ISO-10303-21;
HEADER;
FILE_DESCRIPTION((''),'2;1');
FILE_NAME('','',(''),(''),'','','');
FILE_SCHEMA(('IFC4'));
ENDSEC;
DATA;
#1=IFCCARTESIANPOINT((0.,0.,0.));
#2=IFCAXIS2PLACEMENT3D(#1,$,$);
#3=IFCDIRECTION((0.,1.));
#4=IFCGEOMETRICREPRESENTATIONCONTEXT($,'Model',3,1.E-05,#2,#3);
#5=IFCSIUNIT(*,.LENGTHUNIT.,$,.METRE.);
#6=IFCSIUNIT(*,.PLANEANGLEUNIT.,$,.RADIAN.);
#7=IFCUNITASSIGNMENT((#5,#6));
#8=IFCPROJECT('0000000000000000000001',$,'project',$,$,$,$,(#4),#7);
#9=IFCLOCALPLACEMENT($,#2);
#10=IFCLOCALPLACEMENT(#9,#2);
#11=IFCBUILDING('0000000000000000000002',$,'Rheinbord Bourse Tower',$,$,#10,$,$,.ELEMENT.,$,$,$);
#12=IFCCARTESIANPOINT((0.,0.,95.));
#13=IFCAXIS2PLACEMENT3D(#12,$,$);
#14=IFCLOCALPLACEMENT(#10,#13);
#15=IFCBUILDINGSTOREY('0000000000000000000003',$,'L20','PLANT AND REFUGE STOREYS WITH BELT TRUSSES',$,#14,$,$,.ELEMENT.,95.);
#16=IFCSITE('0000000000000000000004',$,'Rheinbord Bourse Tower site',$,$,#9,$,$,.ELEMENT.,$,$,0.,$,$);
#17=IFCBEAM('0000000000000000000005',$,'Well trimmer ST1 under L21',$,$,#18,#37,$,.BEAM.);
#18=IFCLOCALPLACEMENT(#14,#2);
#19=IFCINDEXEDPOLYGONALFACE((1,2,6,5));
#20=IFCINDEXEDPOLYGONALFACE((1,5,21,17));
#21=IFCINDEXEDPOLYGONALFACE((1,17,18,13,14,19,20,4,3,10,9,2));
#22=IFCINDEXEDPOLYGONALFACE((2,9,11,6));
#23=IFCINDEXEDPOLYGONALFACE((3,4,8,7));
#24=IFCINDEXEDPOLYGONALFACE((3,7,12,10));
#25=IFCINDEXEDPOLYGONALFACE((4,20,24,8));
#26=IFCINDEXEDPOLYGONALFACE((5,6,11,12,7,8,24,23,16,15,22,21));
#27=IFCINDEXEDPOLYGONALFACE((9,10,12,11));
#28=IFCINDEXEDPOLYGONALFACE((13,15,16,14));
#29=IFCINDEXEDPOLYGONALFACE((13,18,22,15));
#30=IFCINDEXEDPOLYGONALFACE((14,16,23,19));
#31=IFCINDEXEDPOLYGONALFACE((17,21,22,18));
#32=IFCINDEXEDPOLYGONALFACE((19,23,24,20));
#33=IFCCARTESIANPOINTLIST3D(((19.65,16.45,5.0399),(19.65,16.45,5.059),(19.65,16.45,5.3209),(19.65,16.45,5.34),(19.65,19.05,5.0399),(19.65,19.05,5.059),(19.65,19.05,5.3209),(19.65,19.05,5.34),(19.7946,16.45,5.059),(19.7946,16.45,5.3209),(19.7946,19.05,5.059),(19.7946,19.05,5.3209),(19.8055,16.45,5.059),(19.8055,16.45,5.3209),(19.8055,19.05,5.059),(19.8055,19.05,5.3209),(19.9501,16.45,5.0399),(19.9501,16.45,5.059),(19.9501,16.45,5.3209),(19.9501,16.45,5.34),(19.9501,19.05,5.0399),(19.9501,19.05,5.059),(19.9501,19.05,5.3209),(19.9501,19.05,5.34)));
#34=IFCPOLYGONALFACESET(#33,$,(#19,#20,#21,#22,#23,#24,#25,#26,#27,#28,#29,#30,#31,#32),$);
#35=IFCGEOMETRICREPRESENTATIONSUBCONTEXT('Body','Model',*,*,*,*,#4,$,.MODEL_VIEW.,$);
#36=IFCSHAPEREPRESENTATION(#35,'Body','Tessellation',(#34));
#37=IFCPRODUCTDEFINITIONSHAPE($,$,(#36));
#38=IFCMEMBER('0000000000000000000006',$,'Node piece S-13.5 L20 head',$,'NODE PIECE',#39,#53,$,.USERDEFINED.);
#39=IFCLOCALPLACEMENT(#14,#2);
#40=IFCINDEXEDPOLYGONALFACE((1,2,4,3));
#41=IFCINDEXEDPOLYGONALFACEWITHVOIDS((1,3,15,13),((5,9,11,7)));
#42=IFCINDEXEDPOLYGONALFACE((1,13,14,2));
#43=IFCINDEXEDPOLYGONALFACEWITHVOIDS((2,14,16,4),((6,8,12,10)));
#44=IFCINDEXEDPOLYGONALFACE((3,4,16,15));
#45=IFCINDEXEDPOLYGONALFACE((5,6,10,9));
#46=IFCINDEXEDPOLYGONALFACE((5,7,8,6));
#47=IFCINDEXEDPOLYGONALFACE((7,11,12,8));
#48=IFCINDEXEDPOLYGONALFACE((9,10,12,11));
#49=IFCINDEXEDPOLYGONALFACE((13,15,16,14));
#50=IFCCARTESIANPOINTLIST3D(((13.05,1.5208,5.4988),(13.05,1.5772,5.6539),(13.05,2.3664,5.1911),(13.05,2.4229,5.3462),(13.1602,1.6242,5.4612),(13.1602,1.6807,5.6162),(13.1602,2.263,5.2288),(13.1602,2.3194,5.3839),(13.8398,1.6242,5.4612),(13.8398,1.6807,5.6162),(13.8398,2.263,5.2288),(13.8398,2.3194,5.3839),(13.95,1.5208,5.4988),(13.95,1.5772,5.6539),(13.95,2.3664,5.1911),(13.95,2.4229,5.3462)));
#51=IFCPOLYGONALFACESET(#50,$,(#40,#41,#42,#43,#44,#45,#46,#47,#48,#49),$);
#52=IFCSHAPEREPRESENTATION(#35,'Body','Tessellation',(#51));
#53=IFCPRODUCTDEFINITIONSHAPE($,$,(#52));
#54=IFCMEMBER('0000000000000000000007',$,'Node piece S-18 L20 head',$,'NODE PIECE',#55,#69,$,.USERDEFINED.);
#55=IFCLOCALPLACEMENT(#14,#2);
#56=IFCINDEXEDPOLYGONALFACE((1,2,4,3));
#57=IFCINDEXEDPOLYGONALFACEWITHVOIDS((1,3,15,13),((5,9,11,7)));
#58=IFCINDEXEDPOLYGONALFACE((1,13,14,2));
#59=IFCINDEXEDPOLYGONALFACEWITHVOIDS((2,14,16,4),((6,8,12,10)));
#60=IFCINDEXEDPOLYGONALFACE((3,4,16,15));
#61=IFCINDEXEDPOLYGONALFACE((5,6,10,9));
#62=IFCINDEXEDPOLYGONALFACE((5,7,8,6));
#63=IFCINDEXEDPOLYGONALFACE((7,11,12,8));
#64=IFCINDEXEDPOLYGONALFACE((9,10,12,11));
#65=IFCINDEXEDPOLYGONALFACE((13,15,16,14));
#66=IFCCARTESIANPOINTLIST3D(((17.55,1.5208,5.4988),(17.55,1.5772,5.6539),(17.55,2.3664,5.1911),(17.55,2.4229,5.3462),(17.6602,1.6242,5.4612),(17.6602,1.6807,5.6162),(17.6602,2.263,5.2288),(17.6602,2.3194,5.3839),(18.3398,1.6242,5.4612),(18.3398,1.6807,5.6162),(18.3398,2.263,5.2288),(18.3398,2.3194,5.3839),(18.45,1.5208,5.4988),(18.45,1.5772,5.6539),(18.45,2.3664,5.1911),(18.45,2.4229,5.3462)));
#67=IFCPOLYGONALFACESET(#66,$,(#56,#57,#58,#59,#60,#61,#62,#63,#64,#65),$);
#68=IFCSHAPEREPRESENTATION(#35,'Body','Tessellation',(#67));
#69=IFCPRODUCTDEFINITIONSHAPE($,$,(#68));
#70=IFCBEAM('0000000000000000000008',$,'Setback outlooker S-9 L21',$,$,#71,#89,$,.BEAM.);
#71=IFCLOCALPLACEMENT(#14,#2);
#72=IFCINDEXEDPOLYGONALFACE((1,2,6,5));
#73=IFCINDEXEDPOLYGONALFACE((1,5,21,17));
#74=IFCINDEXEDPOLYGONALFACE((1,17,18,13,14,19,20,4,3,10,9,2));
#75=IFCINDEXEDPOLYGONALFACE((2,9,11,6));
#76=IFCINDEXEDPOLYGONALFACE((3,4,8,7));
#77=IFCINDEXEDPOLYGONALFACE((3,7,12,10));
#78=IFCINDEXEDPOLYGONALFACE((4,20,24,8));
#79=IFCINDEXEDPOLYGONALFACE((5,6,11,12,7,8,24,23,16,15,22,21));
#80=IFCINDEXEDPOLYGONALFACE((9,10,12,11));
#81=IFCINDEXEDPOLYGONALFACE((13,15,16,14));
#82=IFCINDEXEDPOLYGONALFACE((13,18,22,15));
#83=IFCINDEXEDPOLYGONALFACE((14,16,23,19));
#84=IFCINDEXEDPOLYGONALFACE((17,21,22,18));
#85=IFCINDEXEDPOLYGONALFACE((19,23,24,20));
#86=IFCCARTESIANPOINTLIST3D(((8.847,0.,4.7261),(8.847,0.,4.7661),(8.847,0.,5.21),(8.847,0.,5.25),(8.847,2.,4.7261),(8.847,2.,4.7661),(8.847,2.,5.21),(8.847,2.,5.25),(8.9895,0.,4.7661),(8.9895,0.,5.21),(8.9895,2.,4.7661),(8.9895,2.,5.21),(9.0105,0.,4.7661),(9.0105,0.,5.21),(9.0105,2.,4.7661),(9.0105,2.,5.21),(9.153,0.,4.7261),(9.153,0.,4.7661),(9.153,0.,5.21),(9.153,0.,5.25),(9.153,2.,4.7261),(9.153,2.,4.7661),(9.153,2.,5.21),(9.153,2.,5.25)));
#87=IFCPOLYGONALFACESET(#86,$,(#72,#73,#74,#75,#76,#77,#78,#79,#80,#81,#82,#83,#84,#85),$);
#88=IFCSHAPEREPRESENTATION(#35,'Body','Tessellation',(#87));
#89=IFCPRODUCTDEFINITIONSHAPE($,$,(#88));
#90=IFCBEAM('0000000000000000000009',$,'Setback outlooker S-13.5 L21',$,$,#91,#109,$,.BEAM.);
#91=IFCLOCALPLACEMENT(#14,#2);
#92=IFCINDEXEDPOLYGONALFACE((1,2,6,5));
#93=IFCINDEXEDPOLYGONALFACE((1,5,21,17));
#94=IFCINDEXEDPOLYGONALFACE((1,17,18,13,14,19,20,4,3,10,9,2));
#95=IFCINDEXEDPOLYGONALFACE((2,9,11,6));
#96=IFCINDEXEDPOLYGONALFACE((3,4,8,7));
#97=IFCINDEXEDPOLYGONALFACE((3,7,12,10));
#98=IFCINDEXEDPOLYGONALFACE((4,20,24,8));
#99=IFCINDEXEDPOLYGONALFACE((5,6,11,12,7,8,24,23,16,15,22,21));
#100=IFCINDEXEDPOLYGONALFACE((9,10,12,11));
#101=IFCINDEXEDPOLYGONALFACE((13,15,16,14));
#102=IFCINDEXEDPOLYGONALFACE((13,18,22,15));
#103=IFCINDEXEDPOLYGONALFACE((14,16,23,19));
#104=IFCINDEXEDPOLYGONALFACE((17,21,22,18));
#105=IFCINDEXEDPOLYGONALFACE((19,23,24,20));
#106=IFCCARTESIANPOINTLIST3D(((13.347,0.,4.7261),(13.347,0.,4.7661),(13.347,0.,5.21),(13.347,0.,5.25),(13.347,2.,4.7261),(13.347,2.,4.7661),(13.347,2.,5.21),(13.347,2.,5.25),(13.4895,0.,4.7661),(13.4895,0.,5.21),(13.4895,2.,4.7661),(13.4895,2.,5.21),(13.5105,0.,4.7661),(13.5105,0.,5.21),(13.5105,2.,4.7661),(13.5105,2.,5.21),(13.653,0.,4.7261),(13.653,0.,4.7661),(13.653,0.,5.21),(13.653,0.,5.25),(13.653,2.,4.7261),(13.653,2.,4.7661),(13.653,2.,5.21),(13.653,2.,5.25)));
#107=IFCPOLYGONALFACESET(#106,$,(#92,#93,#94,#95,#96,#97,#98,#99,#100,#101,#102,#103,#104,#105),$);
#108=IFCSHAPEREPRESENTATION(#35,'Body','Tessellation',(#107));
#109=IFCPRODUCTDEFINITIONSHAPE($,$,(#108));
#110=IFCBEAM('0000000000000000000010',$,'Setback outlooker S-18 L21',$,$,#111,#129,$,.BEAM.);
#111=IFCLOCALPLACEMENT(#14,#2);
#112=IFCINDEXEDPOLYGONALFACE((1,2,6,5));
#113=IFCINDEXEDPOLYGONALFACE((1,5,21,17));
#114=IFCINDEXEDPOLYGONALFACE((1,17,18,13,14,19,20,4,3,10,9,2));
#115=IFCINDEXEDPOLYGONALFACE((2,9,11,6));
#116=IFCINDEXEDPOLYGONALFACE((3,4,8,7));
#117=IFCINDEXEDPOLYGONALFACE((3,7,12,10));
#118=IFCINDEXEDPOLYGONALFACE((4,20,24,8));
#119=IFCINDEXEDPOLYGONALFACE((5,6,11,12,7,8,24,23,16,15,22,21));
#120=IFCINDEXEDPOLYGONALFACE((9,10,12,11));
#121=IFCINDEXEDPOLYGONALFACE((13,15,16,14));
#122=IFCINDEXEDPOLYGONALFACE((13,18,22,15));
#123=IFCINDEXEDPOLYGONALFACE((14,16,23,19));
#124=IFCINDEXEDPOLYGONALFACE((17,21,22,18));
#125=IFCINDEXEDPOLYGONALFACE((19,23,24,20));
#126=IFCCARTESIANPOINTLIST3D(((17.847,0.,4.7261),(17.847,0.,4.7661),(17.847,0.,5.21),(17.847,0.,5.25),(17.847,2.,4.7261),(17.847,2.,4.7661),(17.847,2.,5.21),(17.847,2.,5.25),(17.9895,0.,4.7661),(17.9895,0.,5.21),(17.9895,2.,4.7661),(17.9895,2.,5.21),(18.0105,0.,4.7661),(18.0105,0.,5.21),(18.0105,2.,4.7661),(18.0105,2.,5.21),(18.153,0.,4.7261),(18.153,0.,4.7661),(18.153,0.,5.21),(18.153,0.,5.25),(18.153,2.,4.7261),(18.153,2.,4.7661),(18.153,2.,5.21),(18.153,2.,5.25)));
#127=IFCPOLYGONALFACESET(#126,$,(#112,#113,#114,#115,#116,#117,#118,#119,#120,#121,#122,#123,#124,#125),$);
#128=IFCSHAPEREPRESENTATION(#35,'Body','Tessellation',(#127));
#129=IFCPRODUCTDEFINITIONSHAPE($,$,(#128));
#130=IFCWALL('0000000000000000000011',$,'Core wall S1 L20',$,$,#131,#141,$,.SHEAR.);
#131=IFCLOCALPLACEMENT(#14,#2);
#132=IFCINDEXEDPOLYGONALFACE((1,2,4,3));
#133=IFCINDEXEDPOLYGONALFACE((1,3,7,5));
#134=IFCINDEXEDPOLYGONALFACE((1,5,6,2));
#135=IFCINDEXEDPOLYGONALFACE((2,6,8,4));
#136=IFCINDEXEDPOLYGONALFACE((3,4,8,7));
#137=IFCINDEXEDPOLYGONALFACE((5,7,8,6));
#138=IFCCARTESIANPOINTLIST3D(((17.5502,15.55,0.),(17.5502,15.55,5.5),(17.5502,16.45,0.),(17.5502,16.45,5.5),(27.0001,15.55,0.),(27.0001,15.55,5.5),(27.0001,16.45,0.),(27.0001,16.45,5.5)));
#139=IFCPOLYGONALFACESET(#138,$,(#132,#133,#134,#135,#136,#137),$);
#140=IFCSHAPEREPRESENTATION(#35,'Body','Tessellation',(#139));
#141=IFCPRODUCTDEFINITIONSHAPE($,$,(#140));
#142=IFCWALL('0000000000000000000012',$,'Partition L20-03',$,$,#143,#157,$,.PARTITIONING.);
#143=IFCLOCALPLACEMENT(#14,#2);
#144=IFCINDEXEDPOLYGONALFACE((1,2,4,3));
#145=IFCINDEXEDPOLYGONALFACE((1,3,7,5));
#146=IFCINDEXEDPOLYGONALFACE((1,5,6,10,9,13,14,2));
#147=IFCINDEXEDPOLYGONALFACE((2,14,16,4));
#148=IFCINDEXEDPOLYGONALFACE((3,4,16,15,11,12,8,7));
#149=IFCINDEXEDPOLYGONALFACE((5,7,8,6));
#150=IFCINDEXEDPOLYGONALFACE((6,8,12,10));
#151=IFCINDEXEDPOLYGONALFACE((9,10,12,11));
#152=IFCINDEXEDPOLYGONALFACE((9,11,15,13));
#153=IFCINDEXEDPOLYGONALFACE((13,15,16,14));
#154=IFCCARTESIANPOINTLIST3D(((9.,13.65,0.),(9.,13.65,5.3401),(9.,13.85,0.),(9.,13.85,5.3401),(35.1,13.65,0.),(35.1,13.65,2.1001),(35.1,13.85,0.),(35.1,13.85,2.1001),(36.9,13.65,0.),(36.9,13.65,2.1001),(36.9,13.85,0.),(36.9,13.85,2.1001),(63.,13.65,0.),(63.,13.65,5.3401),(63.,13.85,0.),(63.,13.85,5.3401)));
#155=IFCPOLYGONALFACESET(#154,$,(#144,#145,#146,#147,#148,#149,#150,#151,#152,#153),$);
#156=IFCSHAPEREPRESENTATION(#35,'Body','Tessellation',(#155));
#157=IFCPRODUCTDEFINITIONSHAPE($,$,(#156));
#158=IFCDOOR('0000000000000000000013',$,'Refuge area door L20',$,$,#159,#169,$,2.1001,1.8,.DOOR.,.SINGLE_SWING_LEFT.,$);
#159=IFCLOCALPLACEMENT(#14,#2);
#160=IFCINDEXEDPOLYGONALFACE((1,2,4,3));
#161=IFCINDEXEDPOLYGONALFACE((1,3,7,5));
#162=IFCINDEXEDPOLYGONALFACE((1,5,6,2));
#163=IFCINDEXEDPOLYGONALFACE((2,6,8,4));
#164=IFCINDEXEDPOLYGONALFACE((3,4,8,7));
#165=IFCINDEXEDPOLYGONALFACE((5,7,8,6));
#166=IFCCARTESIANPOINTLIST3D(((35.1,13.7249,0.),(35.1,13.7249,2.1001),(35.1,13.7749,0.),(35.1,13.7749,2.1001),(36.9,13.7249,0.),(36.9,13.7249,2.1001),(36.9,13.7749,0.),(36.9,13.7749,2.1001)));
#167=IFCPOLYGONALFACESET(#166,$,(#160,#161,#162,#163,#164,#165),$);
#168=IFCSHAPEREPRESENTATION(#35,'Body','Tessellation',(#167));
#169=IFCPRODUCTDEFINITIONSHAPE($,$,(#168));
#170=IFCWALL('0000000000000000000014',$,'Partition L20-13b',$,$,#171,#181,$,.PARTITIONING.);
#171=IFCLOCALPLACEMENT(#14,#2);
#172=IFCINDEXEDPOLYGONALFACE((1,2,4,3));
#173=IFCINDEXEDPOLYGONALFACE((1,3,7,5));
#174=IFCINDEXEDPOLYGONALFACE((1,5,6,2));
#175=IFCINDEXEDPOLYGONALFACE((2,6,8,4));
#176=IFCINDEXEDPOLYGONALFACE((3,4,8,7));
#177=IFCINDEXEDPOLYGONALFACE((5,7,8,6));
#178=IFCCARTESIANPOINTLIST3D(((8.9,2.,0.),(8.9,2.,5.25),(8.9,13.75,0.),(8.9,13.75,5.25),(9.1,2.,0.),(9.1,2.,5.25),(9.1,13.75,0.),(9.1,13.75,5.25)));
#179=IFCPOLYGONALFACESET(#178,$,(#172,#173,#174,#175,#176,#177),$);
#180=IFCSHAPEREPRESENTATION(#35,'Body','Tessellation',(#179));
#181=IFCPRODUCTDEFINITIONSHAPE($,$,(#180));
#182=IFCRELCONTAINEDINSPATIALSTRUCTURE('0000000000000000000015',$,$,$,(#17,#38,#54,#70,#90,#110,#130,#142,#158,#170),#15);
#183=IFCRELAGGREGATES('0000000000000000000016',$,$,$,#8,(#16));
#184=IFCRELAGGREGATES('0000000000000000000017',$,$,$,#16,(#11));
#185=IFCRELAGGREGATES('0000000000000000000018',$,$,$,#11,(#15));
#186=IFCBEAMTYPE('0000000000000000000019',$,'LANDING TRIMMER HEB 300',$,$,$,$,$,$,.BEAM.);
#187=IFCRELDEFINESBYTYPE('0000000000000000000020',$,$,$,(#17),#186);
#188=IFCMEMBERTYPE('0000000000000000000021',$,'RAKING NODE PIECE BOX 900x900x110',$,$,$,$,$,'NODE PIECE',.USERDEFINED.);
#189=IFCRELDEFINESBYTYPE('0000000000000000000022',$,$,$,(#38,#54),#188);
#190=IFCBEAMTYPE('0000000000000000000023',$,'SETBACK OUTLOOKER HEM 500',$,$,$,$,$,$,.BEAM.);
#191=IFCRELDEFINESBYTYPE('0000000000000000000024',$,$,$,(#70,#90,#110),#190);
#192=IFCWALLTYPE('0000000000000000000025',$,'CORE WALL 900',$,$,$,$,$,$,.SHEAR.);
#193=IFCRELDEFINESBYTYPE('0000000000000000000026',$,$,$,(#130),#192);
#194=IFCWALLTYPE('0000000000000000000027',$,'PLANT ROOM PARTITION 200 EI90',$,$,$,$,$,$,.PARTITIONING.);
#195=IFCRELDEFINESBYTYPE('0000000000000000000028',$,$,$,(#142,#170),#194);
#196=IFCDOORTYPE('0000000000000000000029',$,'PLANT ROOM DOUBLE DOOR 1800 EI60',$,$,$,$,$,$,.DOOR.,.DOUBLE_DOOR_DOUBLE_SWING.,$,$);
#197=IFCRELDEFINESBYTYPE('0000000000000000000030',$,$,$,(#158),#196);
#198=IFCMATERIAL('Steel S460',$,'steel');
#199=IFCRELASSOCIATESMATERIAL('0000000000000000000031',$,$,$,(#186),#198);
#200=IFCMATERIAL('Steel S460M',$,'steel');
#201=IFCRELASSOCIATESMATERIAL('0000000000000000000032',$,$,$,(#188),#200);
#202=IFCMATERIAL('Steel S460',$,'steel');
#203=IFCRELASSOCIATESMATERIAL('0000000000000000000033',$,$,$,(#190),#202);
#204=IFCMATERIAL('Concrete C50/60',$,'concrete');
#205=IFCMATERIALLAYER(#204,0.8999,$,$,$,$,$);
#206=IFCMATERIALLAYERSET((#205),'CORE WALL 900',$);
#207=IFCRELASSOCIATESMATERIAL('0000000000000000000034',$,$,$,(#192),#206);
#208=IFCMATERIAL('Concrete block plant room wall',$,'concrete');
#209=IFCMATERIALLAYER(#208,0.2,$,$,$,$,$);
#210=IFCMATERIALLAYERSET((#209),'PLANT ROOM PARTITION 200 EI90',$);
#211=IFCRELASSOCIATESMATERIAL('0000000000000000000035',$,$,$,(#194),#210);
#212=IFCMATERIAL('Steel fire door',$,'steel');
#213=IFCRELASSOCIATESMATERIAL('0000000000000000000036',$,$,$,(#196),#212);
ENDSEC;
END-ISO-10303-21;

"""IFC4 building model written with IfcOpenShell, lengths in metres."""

from ifc_helpers import new_model, si_unit, direction, frame, frame_2d, origin, origin_2d, place, context, subcontext, project, spatial, rectangle, hollow_rectangle, i_section, extrude, material, layer, layer_set, material_profile, profile_set, type_object, element, fill, save


model = new_model("IFC4")

# Units and contexts
model_context = context("Model", 3, precision=1e-05, world=origin(), true_north=direction((0.0, 1.0)))
body_context = subcontext(model_context, "Body", "Model", "MODEL_VIEW")
ifc_project = project(units=[si_unit("LENGTHUNIT", "METRE"), si_unit("PLANEANGLEUNIT", "RADIAN")], contexts=[model_context])

# Site, building, storey
site_placement = place(None, origin())
site = spatial("IfcSite", under=ifc_project, at=site_placement, Name="Rheinbord Bourse Tower site", CompositionType="ELEMENT", RefElevation=0.0)
building_placement = place(site_placement, origin())
building = spatial("IfcBuilding", under=site, at=building_placement, Name="Rheinbord Bourse Tower", CompositionType="ELEMENT")
storey_placement = place(building_placement, frame((0.0, 0.0, 95.0)))
storey = spatial("IfcBuildingStorey", under=building, at=storey_placement, Name="L20", Description="PLANT AND REFUGE STOREYS WITH BELT TRUSSES", CompositionType="ELEMENT", Elevation=95.0)

# Beam
ifc_material_1 = material(Name="Steel S460", Category="steel")
ifc_material_profile_1 = material_profile(ifc_material_1, i_section(OverallWidth=0.3, OverallDepth=0.3, WebThickness=0.011, FlangeThickness=0.019, at=origin_2d()), Name="HEB 300")
ifc_profile_set_1 = profile_set([ifc_material_profile_1], Name="Steel S460")
beam_type_1 = type_object("IfcBeamType", Name="LANDING TRIMMER HEB 300", PredefinedType="BEAM", material=ifc_profile_set_1)
beam_placement = place(storey_placement, frame((19.8, 16.45, 5.1899), z_axis=(0.0, 1.0, 0.0), x_axis=(-1.0, 0.0, 0.0)))
element("IfcBeam", 1, at=beam_placement, inside=storey, type_object=beam_type_1, Name="Well trimmer ST1 under L21", PredefinedType="BEAM", context=body_context, shape_type="SweptSolid", body=[
    extrude(i_section(OverallWidth=0.3, OverallDepth=0.3, WebThickness=0.011, FlangeThickness=0.019, at=origin_2d()), origin(), (0.0, 0.0, 1.0), 2.6001),
])

# Members
ifc_material_2 = material(Name="Steel S460M", Category="steel")
ifc_material_profile_2 = material_profile(ifc_material_2, hollow_rectangle(XDim=0.8999, YDim=0.8999, WallThickness=0.1101, at=origin_2d()), Name="BOX 900x900x110")
ifc_profile_set_2 = profile_set([ifc_material_profile_2], Name="Steel S460M")
member_type = type_object("IfcMemberType", Name="RAKING NODE PIECE BOX 900x900x110", ElementType="NODE PIECE", PredefinedType="USERDEFINED", material=ifc_profile_set_2)
for number, where, z_axis, x_axis, name in (
    (2, (13.5, 1.9436, 5.345), (0.0, 0.341862, 0.93975), (0.0, -0.93975, 0.341862), "Node piece S-13.5 L20 head"),
    (3, (18.0, 1.9436, 5.345), (0.0, 0.341862, 0.93975), (0.0, -0.93975, 0.341862), "Node piece S-18 L20 head"),
):
    element("IfcMember", number, at=place(storey_placement, frame(where, z_axis=z_axis, x_axis=x_axis)), inside=storey, type_object=member_type, Name=name, ObjectType="NODE PIECE", PredefinedType="USERDEFINED", context=body_context, shape_type="SweptSolid", body=[
        extrude(hollow_rectangle(XDim=0.8999, YDim=0.8999, WallThickness=0.1101, at=origin_2d()), origin(), (0.0, 0.0, 1.0), 0.165),
    ])

# Beams
ifc_material_3 = material(Name="Steel S460", Category="steel")
ifc_material_profile_3 = material_profile(ifc_material_3, i_section(OverallWidth=0.3059, OverallDepth=0.5239, WebThickness=0.021, FlangeThickness=0.04, at=origin_2d()), Name="HEM 500")
ifc_profile_set_3 = profile_set([ifc_material_profile_3], Name="Steel S460")
beam_type_2 = type_object("IfcBeamType", Name="SETBACK OUTLOOKER HEM 500", PredefinedType="BEAM", material=ifc_profile_set_3)
for number, where, z_axis, x_axis, name in (
    (4, (9.0, 2.0, 4.988), (0.0, -1.0, 0.0), (1.0, 0.0, 0.0), "Setback outlooker S-9 L21"),
    (5, (13.5, 2.0, 4.988), (0.0, -1.0, 0.0), (1.0, 0.0, 0.0), "Setback outlooker S-13.5 L21"),
    (6, (18.0, 2.0, 4.988), (0.0, -1.0, 0.0), (1.0, 0.0, 0.0), "Setback outlooker S-18 L21"),
):
    element("IfcBeam", number, at=place(storey_placement, frame(where, z_axis=z_axis, x_axis=x_axis)), inside=storey, type_object=beam_type_2, Name=name, PredefinedType="BEAM", context=body_context, shape_type="SweptSolid", body=[
        extrude(i_section(OverallWidth=0.3059, OverallDepth=0.5239, WebThickness=0.021, FlangeThickness=0.04, at=origin_2d()), origin(), (0.0, 0.0, 1.0), 2.0),
    ])

# Wall
ifc_material_4 = material(Name="Concrete C50/60", Category="concrete")
ifc_layer_1 = layer(ifc_material_4, 0.8999)
ifc_layer_set_1 = layer_set([ifc_layer_1], Name="CORE WALL 900")
wall_type_1 = type_object("IfcWallType", Name="CORE WALL 900", PredefinedType="SHEAR", material=ifc_layer_set_1)
wall_1_placement = place(storey_placement, frame((17.55, 16.0, 0.0), z_axis=(0.0, 0.0, 1.0), x_axis=(1.0, 0.0, 0.0)))
element("IfcWall", 7, at=wall_1_placement, inside=storey, type_object=wall_type_1, Name="Core wall S1 L20", PredefinedType="SHEAR", context=body_context, shape_type="SweptSolid", body=[
    extrude(rectangle(XDim=9.45, YDim=0.8999, at=frame_2d((4.7251, 0.0))), origin(), (0.0, 0.0, 1.0), 5.5),
])

# Wall, opening, door
ifc_material_5 = material(Name="Concrete block plant room wall", Category="concrete")
ifc_layer_2 = layer(ifc_material_5, 0.2)
ifc_layer_set_2 = layer_set([ifc_layer_2], Name="PLANT ROOM PARTITION 200 EI90")
wall_type_2 = type_object("IfcWallType", Name="PLANT ROOM PARTITION 200 EI90", PredefinedType="PARTITIONING", material=ifc_layer_set_2)
wall_2_placement = place(storey_placement, frame((9.0, 13.75, 0.0), z_axis=(0.0, 0.0, 1.0), x_axis=(1.0, 0.0, 0.0)))
wall_2 = element("IfcWall", 8, at=wall_2_placement, inside=storey, type_object=wall_type_2, Name="Partition L20-03", PredefinedType="PARTITIONING", context=body_context, shape_type="SweptSolid", body=[
    extrude(rectangle(XDim=54.0, YDim=0.2, at=frame_2d((27.0, 0.0))), origin(), (0.0, 0.0, 1.0), 5.3401),
])
opening_placement = place(wall_2_placement, frame((26.1001, 0.0, 0.0)))
opening = element("IfcOpeningElement", 9, at=opening_placement, cuts=wall_2, PredefinedType="OPENING", context=body_context, shape_type="SweptSolid", body=[
    extrude(rectangle(XDim=1.8, YDim=2.1001, at=frame_2d((0.8999, 1.05))), frame((0.0, 0.1099, 0.0), z_axis=(0.0, -1.0, 0.0), x_axis=(1.0, 0.0, 0.0)), (0.0, 0.0, 1.0), 0.22),
])
ifc_material_6 = material(Name="Steel fire door", Category="steel")
door_type = type_object("IfcDoorType", Name="PLANT ROOM DOUBLE DOOR 1800 EI60", OperationType="DOUBLE_DOOR_DOUBLE_SWING", PredefinedType="DOOR", material=ifc_material_6)
door_placement = place(opening_placement, origin())
door = element("IfcDoor", 10, at=door_placement, inside=storey, type_object=door_type, Name="Refuge area door L20", OperationType="SINGLE_SWING_LEFT", OverallHeight=2.1001, OverallWidth=1.8, PredefinedType="DOOR", context=body_context, shape_type="SweptSolid", body=[
    extrude(rectangle(XDim=1.8, YDim=2.1001, at=frame_2d((0.8999, 1.05))), frame((0.0, 0.0249, 0.0), z_axis=(0.0, -1.0, 0.0), x_axis=(1.0, 0.0, 0.0)), (0.0, 0.0, 1.0), 0.05),
])
fill(opening, door)

# Wall
wall_3_placement = place(storey_placement, frame((9.0, 2.0, 0.0), z_axis=(0.0, 0.0, 1.0), x_axis=(0.0, 1.0, 0.0)))
element("IfcWall", 11, at=wall_3_placement, inside=storey, type_object=wall_type_2, Name="Partition L20-13b", PredefinedType="PARTITIONING", context=body_context, shape_type="SweptSolid", body=[
    extrude(rectangle(XDim=11.75, YDim=0.2, at=frame_2d((5.875, 0.0))), origin(), (0.0, 0.0, 1.0), 5.25),
])

save(model, "model.ifc")
